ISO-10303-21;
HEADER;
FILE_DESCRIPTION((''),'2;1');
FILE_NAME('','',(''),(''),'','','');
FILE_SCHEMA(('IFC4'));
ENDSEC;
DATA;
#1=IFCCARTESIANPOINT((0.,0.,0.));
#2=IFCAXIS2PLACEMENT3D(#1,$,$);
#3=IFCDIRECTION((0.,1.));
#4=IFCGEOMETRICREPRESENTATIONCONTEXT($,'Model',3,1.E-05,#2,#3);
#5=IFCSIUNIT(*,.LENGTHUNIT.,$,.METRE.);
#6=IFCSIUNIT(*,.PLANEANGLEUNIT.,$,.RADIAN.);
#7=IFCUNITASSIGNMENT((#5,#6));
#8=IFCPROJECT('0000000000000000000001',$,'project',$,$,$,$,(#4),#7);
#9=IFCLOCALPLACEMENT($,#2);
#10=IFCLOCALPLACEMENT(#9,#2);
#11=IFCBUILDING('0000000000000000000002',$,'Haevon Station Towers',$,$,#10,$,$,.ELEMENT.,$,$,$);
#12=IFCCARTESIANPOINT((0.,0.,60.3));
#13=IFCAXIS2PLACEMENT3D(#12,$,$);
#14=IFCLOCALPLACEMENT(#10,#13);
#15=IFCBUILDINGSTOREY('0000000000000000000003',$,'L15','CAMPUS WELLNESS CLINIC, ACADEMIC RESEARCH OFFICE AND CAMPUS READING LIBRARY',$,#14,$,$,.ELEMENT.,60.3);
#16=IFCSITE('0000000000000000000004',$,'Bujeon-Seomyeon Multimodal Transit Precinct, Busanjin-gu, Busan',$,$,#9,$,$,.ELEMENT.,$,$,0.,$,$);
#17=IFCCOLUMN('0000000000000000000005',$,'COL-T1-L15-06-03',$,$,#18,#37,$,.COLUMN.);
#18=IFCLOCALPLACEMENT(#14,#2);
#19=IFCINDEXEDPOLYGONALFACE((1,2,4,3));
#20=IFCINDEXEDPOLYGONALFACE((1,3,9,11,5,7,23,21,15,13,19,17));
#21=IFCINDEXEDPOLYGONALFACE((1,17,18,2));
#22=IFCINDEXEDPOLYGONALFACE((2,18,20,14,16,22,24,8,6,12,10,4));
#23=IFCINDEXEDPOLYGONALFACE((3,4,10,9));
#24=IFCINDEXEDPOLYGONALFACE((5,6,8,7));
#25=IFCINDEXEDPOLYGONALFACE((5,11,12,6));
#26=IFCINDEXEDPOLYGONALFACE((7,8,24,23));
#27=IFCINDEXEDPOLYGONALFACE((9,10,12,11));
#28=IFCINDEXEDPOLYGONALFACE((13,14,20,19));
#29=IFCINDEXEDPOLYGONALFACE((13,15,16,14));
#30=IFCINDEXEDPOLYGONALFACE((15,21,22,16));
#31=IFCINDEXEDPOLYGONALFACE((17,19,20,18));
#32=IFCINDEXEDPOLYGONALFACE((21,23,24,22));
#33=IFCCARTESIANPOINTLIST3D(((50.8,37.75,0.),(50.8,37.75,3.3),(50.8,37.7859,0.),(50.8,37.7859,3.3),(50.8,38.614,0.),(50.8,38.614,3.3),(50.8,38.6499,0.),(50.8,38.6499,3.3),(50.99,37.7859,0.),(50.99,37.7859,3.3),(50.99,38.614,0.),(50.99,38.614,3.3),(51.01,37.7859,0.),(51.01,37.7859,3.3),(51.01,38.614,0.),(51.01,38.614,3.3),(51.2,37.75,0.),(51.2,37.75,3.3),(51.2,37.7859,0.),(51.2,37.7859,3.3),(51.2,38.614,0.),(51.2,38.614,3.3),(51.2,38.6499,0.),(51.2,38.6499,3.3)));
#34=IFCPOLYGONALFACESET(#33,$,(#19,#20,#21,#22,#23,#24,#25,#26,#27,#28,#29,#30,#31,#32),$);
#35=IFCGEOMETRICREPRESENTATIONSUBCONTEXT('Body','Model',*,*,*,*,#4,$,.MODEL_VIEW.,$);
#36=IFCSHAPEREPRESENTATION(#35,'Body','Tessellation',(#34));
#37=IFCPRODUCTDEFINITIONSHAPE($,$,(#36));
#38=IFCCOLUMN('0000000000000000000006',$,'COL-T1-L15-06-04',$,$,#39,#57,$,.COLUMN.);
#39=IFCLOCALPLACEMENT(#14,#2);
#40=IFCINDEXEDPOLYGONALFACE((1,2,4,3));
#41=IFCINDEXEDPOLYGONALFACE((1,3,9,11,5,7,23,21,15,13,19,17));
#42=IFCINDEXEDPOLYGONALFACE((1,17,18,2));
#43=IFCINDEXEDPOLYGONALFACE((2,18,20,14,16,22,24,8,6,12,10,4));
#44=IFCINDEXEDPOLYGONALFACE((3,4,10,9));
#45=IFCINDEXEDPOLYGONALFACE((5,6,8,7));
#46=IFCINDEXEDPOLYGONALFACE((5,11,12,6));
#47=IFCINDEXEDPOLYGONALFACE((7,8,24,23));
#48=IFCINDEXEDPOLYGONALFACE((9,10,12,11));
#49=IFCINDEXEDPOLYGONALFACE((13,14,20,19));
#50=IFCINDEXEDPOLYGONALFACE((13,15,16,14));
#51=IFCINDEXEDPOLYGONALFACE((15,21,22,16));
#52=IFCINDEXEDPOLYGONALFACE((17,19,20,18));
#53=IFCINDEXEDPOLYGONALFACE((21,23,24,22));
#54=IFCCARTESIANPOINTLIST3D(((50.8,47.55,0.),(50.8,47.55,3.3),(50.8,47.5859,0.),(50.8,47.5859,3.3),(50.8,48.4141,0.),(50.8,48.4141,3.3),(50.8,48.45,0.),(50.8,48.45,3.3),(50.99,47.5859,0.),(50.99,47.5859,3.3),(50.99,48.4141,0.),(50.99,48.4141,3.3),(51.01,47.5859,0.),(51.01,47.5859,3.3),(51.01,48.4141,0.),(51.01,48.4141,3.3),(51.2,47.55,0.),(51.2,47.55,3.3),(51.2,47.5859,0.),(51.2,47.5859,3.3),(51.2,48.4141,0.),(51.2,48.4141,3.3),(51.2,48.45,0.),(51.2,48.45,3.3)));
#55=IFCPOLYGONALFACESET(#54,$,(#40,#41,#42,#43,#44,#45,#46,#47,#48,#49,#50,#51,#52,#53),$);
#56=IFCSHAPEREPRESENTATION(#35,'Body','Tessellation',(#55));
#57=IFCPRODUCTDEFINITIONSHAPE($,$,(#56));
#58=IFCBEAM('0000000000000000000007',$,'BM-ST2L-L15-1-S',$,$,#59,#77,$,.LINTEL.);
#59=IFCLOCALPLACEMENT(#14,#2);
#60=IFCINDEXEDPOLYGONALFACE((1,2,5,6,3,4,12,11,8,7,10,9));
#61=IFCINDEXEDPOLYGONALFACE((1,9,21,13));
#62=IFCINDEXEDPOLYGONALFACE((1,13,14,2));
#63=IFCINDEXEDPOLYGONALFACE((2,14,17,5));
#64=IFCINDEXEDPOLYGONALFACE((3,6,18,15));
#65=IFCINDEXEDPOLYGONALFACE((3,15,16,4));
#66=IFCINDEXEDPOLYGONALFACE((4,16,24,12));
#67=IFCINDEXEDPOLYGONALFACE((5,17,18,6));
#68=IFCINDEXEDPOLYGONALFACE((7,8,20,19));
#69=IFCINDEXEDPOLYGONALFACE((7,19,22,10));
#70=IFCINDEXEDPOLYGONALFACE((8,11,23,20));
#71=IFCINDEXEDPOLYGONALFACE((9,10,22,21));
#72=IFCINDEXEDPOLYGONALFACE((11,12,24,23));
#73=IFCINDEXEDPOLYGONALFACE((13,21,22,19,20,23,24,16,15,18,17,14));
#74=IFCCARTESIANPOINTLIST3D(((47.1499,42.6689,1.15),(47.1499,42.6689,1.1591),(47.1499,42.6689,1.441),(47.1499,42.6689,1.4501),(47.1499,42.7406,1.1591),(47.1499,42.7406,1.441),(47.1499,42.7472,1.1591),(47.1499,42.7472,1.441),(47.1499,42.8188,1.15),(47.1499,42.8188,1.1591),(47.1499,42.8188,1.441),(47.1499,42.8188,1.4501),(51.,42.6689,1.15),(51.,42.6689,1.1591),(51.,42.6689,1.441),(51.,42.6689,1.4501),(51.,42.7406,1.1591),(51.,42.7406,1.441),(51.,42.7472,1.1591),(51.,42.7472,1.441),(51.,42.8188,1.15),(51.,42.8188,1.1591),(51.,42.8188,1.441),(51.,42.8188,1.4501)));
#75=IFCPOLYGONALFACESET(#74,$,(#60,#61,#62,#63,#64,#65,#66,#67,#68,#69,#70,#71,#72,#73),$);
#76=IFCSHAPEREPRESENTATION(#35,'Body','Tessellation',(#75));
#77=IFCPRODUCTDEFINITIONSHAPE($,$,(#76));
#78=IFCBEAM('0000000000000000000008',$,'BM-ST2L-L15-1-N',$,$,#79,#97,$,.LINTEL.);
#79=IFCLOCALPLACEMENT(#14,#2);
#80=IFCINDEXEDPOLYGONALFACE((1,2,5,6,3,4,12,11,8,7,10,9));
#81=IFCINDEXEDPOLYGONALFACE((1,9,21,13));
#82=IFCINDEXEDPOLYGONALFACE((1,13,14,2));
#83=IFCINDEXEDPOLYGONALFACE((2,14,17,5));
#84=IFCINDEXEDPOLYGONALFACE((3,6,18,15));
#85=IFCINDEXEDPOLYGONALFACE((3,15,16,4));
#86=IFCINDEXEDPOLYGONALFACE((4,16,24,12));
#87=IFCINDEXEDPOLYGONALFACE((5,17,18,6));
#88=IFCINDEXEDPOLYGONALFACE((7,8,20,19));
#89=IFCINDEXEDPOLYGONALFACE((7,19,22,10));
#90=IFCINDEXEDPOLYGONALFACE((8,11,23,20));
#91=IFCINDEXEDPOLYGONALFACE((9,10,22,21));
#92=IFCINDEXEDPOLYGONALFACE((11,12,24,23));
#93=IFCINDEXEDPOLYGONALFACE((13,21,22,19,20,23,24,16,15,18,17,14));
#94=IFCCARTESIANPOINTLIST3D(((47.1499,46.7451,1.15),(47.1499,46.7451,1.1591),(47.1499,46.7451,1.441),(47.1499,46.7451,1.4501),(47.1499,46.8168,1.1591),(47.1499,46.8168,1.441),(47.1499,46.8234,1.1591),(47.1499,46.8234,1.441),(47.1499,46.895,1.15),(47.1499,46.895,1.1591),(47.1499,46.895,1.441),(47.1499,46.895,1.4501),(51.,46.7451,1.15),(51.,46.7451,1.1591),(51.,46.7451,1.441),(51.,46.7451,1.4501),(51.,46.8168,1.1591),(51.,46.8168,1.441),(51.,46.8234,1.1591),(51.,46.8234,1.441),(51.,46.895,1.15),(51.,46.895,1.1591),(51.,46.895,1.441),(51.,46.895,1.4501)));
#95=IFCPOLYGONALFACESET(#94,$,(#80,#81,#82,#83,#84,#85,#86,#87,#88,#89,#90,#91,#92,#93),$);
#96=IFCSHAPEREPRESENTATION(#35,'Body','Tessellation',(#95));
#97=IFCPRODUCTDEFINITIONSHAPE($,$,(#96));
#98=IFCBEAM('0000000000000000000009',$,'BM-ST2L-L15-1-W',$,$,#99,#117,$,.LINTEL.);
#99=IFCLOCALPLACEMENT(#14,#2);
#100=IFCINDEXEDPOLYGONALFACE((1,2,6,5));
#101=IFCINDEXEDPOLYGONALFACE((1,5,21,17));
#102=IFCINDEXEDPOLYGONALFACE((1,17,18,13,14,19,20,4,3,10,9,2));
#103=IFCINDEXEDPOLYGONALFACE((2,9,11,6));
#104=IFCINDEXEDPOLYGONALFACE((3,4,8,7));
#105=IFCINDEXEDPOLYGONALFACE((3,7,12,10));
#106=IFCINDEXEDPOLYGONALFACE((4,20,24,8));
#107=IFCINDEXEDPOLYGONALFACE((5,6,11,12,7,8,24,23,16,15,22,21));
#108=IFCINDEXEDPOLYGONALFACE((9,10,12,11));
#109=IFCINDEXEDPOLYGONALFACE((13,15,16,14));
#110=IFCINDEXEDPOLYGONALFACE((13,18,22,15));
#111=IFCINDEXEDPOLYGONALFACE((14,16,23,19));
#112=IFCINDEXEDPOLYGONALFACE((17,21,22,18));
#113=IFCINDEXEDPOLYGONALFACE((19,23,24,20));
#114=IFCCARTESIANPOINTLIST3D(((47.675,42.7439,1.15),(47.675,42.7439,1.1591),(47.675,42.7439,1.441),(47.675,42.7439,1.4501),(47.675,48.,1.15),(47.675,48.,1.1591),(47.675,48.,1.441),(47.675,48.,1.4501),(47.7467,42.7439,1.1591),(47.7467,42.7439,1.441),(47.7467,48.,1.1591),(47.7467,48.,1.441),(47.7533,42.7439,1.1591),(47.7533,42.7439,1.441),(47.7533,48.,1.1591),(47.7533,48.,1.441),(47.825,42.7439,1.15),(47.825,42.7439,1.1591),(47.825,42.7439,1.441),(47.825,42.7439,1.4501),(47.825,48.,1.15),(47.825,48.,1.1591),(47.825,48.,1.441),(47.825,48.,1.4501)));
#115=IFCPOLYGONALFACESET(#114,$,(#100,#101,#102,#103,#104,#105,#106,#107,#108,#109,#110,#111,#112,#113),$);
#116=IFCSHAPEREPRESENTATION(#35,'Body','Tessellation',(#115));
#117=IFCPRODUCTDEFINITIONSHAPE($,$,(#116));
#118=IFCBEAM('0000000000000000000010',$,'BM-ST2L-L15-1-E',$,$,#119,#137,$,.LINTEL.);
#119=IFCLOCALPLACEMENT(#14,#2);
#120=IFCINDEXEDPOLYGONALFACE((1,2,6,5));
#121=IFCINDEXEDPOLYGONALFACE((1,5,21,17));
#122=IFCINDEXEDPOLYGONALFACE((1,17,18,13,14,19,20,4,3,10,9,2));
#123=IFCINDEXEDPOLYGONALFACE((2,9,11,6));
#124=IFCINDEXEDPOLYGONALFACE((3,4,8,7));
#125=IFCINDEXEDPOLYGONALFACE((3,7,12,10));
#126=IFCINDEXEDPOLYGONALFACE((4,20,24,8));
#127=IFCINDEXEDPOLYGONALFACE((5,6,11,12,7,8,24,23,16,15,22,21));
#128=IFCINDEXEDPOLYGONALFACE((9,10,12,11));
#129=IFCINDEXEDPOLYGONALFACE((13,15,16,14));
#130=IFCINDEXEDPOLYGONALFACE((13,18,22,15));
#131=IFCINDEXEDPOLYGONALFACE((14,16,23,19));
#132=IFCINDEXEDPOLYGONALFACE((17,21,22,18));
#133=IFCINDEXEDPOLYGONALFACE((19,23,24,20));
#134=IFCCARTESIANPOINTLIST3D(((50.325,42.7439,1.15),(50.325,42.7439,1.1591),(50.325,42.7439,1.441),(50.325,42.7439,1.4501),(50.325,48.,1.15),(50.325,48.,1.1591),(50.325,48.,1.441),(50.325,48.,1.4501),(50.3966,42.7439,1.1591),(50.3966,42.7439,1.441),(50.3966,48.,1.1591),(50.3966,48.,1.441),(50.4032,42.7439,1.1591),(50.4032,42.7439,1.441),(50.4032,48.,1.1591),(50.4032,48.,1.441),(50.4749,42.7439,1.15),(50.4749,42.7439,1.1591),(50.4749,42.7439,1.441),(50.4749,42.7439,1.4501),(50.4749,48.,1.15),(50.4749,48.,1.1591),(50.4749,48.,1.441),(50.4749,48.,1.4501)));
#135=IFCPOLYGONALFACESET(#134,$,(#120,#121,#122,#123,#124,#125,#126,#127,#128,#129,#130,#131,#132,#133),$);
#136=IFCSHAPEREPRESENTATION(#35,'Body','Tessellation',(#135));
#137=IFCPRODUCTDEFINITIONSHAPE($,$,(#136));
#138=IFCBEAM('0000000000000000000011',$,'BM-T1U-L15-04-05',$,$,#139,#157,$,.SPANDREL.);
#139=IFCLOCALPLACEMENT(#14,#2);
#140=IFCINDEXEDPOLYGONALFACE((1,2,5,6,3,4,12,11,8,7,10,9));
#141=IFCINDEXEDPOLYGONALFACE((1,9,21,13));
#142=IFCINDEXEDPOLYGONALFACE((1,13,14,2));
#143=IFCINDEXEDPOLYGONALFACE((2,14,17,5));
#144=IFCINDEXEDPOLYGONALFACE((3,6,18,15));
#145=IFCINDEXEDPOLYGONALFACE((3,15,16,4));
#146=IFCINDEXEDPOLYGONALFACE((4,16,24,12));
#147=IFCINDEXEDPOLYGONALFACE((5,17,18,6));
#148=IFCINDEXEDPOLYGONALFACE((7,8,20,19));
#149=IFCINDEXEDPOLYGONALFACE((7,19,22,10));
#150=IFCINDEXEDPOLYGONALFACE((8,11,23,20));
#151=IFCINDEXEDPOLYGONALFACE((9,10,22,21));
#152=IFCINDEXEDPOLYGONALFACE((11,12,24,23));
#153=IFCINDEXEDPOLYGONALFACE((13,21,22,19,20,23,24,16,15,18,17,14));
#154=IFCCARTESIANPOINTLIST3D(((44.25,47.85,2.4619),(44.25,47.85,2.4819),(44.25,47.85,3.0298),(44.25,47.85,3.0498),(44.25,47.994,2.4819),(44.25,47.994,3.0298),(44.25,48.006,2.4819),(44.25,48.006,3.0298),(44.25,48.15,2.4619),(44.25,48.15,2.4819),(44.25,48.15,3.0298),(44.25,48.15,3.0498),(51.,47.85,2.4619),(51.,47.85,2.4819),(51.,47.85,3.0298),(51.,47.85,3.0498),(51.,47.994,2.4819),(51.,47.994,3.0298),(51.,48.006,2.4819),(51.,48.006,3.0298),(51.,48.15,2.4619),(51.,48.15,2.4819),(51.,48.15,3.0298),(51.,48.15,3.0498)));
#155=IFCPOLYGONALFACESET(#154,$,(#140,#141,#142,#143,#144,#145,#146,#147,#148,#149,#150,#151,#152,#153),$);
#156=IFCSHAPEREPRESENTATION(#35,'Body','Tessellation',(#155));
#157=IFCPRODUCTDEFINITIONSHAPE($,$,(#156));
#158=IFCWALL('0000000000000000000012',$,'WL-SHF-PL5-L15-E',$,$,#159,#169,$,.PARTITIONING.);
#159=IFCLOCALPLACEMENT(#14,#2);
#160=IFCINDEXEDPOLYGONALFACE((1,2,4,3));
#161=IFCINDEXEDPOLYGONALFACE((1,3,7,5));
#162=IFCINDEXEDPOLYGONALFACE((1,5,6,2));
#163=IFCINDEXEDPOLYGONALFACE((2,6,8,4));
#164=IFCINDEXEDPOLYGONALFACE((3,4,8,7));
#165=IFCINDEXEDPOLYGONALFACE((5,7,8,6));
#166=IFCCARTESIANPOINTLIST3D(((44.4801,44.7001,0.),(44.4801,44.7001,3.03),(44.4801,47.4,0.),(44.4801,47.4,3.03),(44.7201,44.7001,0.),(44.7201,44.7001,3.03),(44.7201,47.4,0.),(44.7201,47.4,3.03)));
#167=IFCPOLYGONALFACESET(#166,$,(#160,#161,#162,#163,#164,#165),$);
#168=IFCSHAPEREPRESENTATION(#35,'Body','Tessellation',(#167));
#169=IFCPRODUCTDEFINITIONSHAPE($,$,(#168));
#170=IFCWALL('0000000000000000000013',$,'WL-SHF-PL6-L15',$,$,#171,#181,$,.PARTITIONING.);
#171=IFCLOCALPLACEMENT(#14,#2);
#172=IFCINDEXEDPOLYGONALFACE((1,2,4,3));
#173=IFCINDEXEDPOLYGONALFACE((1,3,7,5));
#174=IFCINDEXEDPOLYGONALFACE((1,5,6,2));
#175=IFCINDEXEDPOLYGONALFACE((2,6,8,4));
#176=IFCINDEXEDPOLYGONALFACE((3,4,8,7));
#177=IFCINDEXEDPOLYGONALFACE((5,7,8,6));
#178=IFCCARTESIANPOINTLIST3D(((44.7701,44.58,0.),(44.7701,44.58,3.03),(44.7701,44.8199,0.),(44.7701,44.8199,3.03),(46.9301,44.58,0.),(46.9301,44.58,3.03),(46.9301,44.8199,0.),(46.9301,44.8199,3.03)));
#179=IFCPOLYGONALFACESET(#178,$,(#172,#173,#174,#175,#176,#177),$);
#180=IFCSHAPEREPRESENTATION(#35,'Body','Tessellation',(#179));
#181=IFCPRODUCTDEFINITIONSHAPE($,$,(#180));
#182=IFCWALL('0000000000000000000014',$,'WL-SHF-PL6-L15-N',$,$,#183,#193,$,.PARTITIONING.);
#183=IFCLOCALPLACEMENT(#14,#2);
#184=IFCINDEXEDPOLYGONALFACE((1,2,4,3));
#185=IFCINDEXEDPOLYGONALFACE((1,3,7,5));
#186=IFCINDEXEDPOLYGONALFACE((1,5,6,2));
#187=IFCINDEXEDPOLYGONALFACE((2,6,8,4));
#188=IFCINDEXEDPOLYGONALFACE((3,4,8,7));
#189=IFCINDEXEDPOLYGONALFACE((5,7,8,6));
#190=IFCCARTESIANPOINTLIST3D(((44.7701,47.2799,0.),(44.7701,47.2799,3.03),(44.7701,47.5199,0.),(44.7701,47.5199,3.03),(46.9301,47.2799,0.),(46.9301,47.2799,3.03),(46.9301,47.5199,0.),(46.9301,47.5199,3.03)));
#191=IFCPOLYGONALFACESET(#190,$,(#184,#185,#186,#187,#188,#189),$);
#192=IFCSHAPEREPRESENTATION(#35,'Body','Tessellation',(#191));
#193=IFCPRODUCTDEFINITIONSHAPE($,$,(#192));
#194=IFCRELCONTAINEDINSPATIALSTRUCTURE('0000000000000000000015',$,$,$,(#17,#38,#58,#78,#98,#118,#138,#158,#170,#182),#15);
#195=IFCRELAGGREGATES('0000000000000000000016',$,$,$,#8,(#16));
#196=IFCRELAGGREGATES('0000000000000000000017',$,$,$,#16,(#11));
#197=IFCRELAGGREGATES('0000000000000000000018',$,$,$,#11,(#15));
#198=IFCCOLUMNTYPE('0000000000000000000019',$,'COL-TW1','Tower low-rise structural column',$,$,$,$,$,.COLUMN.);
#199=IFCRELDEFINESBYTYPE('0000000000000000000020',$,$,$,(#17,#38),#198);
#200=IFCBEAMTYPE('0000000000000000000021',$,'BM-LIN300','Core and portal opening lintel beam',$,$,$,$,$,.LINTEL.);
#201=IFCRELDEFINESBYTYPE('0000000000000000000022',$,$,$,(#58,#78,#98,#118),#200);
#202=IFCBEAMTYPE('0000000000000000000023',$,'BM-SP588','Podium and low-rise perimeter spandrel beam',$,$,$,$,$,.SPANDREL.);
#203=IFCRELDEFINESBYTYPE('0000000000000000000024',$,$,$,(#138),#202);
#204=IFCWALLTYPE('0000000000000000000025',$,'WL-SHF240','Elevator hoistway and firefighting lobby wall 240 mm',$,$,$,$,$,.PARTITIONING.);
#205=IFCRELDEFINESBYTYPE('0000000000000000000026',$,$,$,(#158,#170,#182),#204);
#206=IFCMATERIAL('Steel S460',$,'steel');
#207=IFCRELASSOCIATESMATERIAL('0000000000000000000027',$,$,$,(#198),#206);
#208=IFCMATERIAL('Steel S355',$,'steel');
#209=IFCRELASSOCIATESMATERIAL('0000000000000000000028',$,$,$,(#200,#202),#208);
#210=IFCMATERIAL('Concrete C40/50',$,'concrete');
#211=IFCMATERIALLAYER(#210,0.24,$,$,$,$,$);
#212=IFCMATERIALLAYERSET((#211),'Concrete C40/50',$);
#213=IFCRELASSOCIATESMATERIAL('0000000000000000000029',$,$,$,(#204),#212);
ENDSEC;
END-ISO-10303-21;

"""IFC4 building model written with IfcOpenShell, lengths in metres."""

from ifc_helpers import new_model, si_unit, direction, frame, frame_2d, origin, origin_2d, place, context, subcontext, project, spatial, rectangle, i_section, extrude, material, layer, layer_set, material_profile, profile_set, type_object, element, save


model = new_model("IFC4")

# Units and contexts
model_context = context("Model", 3, precision=1e-05, world=origin(), true_north=direction((0.0, 1.0)))
body_context = subcontext(model_context, "Body", "Model", "MODEL_VIEW")
ifc_project = project(units=[si_unit("LENGTHUNIT", "METRE"), si_unit("PLANEANGLEUNIT", "RADIAN")], contexts=[model_context])

# Site, building, storey
site_placement = place(None, origin())
site = spatial("IfcSite", under=ifc_project, at=site_placement, Name="Bujeon-Seomyeon Multimodal Transit Precinct, Busanjin-gu, Busan", CompositionType="ELEMENT", RefElevation=0.0)
building_placement = place(site_placement, origin())
building = spatial("IfcBuilding", under=site, at=building_placement, Name="Haevon Station Towers", CompositionType="ELEMENT")
storey_placement = place(building_placement, frame((0.0, 0.0, 60.3)))
storey = spatial("IfcBuildingStorey", under=building, at=storey_placement, Name="L15", Description="CAMPUS WELLNESS CLINIC, ACADEMIC RESEARCH OFFICE AND CAMPUS READING LIBRARY", CompositionType="ELEMENT", Elevation=60.3)

# Columns
ifc_material_1 = material(Name="Steel S460", Category="steel")
ifc_material_profile_1 = material_profile(ifc_material_1, i_section(OverallWidth=0.3999, OverallDepth=0.8999, WebThickness=0.02, FlangeThickness=0.0359, at=origin_2d()), Name="H-900x400x20x36")
ifc_profile_set_1 = profile_set([ifc_material_profile_1], Name="Steel S460")
column_type = type_object("IfcColumnType", Name="COL-TW1", Description="Tower low-rise structural column", PredefinedType="COLUMN", material=ifc_profile_set_1)
for number, where, z_axis, x_axis, name in (
    (1, (51.0, 38.2, 0.0), (0.0, 0.0, 1.0), (1.0, 0.0, 0.0), "COL-T1-L15-06-03"),
    (2, (51.0, 48.0, 0.0), (0.0, 0.0, 1.0), (1.0, 0.0, 0.0), "COL-T1-L15-06-04"),
):
    element("IfcColumn", number, at=place(storey_placement, frame(where, z_axis=z_axis, x_axis=x_axis)), inside=storey, type_object=column_type, Name=name, PredefinedType="COLUMN", context=body_context, shape_type="SweptSolid", body=[
        extrude(i_section(OverallWidth=0.3999, OverallDepth=0.8999, WebThickness=0.02, FlangeThickness=0.0359, at=origin_2d()), origin(), (0.0, 0.0, 1.0), 3.3),
    ])

# Beams
ifc_material_2 = material(Name="Steel S355", Category="steel")
ifc_material_profile_2 = material_profile(ifc_material_2, i_section(OverallWidth=0.1499, OverallDepth=0.3, WebThickness=0.0066, FlangeThickness=0.009, at=origin_2d()), Name="H-300x150x6.5x9")
ifc_profile_set_2 = profile_set([ifc_material_profile_2], Name="Steel S355")
beam_type_1 = type_object("IfcBeamType", Name="BM-LIN300", Description="Core and portal opening lintel beam", PredefinedType="LINTEL", material=ifc_profile_set_2)
for number, where, z_axis, x_axis, name in (
    (3, (47.1499, 42.7439, 1.3), (1.0, 0.0, 0.0), (0.0, 1.0, 0.0), "BM-ST2L-L15-1-S"),
    (4, (47.1499, 46.8201, 1.3), (1.0, 0.0, 0.0), (0.0, 1.0, 0.0), "BM-ST2L-L15-1-N"),
):
    element("IfcBeam", number, at=place(storey_placement, frame(where, z_axis=z_axis, x_axis=x_axis)), inside=storey, type_object=beam_type_1, Name=name, PredefinedType="LINTEL", context=body_context, shape_type="SweptSolid", body=[
        extrude(i_section(OverallWidth=0.1499, OverallDepth=0.3, WebThickness=0.0066, FlangeThickness=0.009, at=origin_2d()), origin(), (0.0, 0.0, 1.0), 3.8501),
    ])
for number, where, z_axis, x_axis, name in (
    (5, (47.75, 42.7439, 1.3), (0.0, 1.0, 0.0), (-1.0, 0.0, 0.0), "BM-ST2L-L15-1-W"),
    (6, (50.3999, 42.7439, 1.3), (0.0, 1.0, 0.0), (-1.0, 0.0, 0.0), "BM-ST2L-L15-1-E"),
):
    element("IfcBeam", number, at=place(storey_placement, frame(where, z_axis=z_axis, x_axis=x_axis)), inside=storey, type_object=beam_type_1, Name=name, PredefinedType="LINTEL", context=body_context, shape_type="SweptSolid", body=[
        extrude(i_section(OverallWidth=0.1499, OverallDepth=0.3, WebThickness=0.0066, FlangeThickness=0.009, at=origin_2d()), origin(), (0.0, 0.0, 1.0), 5.2561),
    ])
ifc_material_profile_3 = material_profile(ifc_material_2, i_section(OverallWidth=0.3, OverallDepth=0.5879, WebThickness=0.012, FlangeThickness=0.02, at=origin_2d()), Name="H-588x300x12x20")
ifc_profile_set_3 = profile_set([ifc_material_profile_3], Name="Steel S355")
beam_type_2 = type_object("IfcBeamType", Name="BM-SP588", Description="Podium and low-rise perimeter spandrel beam", PredefinedType="SPANDREL", material=ifc_profile_set_3)
beam_placement = place(storey_placement, frame((44.25, 48.0, 2.7559), z_axis=(1.0, 0.0, 0.0), x_axis=(0.0, 1.0, 0.0)))
element("IfcBeam", 7, at=beam_placement, inside=storey, type_object=beam_type_2, Name="BM-T1U-L15-04-05", PredefinedType="SPANDREL", context=body_context, shape_type="SweptSolid", body=[
    extrude(i_section(OverallWidth=0.3, OverallDepth=0.5879, WebThickness=0.012, FlangeThickness=0.02, at=origin_2d()), origin(), (0.0, 0.0, 1.0), 6.75),
])

# Walls
ifc_material_3 = material(Name="Concrete C40/50", Category="concrete")
ifc_layer = layer(ifc_material_3, 0.24)
ifc_layer_set = layer_set([ifc_layer], Name="Concrete C40/50")
wall_type = type_object("IfcWallType", Name="WL-SHF240", Description="Elevator hoistway and firefighting lobby wall 240 mm", PredefinedType="PARTITIONING", material=ifc_layer_set)
wall_placement = place(storey_placement, frame((44.6001, 44.7, 0.0), z_axis=(0.0, 0.0, 1.0), x_axis=(0.0, 1.0, 0.0)))
element("IfcWall", 8, at=wall_placement, inside=storey, type_object=wall_type, Name="WL-SHF-PL5-L15-E", PredefinedType="PARTITIONING", context=body_context, shape_type="SweptSolid", body=[
    extrude(rectangle(XDim=2.7, YDim=0.24, at=frame_2d((1.3501, 0.0))), origin(), (0.0, 0.0, 1.0), 3.03),
])
for number, where, z_axis, x_axis, name in (
    (9, (44.77, 44.7, 0.0), (0.0, 0.0, 1.0), (1.0, 0.0, 0.0), "WL-SHF-PL6-L15"),
    (10, (44.77, 47.3999, 0.0), (0.0, 0.0, 1.0), (1.0, 0.0, 0.0), "WL-SHF-PL6-L15-N"),
):
    element("IfcWall", number, at=place(storey_placement, frame(where, z_axis=z_axis, x_axis=x_axis)), inside=storey, type_object=wall_type, Name=name, PredefinedType="PARTITIONING", context=body_context, shape_type="SweptSolid", body=[
        extrude(rectangle(XDim=2.1599, YDim=0.24, at=frame_2d((1.0801, 0.0))), origin(), (0.0, 0.0, 1.0), 3.03),
    ])

save(model, "model.ifc")
